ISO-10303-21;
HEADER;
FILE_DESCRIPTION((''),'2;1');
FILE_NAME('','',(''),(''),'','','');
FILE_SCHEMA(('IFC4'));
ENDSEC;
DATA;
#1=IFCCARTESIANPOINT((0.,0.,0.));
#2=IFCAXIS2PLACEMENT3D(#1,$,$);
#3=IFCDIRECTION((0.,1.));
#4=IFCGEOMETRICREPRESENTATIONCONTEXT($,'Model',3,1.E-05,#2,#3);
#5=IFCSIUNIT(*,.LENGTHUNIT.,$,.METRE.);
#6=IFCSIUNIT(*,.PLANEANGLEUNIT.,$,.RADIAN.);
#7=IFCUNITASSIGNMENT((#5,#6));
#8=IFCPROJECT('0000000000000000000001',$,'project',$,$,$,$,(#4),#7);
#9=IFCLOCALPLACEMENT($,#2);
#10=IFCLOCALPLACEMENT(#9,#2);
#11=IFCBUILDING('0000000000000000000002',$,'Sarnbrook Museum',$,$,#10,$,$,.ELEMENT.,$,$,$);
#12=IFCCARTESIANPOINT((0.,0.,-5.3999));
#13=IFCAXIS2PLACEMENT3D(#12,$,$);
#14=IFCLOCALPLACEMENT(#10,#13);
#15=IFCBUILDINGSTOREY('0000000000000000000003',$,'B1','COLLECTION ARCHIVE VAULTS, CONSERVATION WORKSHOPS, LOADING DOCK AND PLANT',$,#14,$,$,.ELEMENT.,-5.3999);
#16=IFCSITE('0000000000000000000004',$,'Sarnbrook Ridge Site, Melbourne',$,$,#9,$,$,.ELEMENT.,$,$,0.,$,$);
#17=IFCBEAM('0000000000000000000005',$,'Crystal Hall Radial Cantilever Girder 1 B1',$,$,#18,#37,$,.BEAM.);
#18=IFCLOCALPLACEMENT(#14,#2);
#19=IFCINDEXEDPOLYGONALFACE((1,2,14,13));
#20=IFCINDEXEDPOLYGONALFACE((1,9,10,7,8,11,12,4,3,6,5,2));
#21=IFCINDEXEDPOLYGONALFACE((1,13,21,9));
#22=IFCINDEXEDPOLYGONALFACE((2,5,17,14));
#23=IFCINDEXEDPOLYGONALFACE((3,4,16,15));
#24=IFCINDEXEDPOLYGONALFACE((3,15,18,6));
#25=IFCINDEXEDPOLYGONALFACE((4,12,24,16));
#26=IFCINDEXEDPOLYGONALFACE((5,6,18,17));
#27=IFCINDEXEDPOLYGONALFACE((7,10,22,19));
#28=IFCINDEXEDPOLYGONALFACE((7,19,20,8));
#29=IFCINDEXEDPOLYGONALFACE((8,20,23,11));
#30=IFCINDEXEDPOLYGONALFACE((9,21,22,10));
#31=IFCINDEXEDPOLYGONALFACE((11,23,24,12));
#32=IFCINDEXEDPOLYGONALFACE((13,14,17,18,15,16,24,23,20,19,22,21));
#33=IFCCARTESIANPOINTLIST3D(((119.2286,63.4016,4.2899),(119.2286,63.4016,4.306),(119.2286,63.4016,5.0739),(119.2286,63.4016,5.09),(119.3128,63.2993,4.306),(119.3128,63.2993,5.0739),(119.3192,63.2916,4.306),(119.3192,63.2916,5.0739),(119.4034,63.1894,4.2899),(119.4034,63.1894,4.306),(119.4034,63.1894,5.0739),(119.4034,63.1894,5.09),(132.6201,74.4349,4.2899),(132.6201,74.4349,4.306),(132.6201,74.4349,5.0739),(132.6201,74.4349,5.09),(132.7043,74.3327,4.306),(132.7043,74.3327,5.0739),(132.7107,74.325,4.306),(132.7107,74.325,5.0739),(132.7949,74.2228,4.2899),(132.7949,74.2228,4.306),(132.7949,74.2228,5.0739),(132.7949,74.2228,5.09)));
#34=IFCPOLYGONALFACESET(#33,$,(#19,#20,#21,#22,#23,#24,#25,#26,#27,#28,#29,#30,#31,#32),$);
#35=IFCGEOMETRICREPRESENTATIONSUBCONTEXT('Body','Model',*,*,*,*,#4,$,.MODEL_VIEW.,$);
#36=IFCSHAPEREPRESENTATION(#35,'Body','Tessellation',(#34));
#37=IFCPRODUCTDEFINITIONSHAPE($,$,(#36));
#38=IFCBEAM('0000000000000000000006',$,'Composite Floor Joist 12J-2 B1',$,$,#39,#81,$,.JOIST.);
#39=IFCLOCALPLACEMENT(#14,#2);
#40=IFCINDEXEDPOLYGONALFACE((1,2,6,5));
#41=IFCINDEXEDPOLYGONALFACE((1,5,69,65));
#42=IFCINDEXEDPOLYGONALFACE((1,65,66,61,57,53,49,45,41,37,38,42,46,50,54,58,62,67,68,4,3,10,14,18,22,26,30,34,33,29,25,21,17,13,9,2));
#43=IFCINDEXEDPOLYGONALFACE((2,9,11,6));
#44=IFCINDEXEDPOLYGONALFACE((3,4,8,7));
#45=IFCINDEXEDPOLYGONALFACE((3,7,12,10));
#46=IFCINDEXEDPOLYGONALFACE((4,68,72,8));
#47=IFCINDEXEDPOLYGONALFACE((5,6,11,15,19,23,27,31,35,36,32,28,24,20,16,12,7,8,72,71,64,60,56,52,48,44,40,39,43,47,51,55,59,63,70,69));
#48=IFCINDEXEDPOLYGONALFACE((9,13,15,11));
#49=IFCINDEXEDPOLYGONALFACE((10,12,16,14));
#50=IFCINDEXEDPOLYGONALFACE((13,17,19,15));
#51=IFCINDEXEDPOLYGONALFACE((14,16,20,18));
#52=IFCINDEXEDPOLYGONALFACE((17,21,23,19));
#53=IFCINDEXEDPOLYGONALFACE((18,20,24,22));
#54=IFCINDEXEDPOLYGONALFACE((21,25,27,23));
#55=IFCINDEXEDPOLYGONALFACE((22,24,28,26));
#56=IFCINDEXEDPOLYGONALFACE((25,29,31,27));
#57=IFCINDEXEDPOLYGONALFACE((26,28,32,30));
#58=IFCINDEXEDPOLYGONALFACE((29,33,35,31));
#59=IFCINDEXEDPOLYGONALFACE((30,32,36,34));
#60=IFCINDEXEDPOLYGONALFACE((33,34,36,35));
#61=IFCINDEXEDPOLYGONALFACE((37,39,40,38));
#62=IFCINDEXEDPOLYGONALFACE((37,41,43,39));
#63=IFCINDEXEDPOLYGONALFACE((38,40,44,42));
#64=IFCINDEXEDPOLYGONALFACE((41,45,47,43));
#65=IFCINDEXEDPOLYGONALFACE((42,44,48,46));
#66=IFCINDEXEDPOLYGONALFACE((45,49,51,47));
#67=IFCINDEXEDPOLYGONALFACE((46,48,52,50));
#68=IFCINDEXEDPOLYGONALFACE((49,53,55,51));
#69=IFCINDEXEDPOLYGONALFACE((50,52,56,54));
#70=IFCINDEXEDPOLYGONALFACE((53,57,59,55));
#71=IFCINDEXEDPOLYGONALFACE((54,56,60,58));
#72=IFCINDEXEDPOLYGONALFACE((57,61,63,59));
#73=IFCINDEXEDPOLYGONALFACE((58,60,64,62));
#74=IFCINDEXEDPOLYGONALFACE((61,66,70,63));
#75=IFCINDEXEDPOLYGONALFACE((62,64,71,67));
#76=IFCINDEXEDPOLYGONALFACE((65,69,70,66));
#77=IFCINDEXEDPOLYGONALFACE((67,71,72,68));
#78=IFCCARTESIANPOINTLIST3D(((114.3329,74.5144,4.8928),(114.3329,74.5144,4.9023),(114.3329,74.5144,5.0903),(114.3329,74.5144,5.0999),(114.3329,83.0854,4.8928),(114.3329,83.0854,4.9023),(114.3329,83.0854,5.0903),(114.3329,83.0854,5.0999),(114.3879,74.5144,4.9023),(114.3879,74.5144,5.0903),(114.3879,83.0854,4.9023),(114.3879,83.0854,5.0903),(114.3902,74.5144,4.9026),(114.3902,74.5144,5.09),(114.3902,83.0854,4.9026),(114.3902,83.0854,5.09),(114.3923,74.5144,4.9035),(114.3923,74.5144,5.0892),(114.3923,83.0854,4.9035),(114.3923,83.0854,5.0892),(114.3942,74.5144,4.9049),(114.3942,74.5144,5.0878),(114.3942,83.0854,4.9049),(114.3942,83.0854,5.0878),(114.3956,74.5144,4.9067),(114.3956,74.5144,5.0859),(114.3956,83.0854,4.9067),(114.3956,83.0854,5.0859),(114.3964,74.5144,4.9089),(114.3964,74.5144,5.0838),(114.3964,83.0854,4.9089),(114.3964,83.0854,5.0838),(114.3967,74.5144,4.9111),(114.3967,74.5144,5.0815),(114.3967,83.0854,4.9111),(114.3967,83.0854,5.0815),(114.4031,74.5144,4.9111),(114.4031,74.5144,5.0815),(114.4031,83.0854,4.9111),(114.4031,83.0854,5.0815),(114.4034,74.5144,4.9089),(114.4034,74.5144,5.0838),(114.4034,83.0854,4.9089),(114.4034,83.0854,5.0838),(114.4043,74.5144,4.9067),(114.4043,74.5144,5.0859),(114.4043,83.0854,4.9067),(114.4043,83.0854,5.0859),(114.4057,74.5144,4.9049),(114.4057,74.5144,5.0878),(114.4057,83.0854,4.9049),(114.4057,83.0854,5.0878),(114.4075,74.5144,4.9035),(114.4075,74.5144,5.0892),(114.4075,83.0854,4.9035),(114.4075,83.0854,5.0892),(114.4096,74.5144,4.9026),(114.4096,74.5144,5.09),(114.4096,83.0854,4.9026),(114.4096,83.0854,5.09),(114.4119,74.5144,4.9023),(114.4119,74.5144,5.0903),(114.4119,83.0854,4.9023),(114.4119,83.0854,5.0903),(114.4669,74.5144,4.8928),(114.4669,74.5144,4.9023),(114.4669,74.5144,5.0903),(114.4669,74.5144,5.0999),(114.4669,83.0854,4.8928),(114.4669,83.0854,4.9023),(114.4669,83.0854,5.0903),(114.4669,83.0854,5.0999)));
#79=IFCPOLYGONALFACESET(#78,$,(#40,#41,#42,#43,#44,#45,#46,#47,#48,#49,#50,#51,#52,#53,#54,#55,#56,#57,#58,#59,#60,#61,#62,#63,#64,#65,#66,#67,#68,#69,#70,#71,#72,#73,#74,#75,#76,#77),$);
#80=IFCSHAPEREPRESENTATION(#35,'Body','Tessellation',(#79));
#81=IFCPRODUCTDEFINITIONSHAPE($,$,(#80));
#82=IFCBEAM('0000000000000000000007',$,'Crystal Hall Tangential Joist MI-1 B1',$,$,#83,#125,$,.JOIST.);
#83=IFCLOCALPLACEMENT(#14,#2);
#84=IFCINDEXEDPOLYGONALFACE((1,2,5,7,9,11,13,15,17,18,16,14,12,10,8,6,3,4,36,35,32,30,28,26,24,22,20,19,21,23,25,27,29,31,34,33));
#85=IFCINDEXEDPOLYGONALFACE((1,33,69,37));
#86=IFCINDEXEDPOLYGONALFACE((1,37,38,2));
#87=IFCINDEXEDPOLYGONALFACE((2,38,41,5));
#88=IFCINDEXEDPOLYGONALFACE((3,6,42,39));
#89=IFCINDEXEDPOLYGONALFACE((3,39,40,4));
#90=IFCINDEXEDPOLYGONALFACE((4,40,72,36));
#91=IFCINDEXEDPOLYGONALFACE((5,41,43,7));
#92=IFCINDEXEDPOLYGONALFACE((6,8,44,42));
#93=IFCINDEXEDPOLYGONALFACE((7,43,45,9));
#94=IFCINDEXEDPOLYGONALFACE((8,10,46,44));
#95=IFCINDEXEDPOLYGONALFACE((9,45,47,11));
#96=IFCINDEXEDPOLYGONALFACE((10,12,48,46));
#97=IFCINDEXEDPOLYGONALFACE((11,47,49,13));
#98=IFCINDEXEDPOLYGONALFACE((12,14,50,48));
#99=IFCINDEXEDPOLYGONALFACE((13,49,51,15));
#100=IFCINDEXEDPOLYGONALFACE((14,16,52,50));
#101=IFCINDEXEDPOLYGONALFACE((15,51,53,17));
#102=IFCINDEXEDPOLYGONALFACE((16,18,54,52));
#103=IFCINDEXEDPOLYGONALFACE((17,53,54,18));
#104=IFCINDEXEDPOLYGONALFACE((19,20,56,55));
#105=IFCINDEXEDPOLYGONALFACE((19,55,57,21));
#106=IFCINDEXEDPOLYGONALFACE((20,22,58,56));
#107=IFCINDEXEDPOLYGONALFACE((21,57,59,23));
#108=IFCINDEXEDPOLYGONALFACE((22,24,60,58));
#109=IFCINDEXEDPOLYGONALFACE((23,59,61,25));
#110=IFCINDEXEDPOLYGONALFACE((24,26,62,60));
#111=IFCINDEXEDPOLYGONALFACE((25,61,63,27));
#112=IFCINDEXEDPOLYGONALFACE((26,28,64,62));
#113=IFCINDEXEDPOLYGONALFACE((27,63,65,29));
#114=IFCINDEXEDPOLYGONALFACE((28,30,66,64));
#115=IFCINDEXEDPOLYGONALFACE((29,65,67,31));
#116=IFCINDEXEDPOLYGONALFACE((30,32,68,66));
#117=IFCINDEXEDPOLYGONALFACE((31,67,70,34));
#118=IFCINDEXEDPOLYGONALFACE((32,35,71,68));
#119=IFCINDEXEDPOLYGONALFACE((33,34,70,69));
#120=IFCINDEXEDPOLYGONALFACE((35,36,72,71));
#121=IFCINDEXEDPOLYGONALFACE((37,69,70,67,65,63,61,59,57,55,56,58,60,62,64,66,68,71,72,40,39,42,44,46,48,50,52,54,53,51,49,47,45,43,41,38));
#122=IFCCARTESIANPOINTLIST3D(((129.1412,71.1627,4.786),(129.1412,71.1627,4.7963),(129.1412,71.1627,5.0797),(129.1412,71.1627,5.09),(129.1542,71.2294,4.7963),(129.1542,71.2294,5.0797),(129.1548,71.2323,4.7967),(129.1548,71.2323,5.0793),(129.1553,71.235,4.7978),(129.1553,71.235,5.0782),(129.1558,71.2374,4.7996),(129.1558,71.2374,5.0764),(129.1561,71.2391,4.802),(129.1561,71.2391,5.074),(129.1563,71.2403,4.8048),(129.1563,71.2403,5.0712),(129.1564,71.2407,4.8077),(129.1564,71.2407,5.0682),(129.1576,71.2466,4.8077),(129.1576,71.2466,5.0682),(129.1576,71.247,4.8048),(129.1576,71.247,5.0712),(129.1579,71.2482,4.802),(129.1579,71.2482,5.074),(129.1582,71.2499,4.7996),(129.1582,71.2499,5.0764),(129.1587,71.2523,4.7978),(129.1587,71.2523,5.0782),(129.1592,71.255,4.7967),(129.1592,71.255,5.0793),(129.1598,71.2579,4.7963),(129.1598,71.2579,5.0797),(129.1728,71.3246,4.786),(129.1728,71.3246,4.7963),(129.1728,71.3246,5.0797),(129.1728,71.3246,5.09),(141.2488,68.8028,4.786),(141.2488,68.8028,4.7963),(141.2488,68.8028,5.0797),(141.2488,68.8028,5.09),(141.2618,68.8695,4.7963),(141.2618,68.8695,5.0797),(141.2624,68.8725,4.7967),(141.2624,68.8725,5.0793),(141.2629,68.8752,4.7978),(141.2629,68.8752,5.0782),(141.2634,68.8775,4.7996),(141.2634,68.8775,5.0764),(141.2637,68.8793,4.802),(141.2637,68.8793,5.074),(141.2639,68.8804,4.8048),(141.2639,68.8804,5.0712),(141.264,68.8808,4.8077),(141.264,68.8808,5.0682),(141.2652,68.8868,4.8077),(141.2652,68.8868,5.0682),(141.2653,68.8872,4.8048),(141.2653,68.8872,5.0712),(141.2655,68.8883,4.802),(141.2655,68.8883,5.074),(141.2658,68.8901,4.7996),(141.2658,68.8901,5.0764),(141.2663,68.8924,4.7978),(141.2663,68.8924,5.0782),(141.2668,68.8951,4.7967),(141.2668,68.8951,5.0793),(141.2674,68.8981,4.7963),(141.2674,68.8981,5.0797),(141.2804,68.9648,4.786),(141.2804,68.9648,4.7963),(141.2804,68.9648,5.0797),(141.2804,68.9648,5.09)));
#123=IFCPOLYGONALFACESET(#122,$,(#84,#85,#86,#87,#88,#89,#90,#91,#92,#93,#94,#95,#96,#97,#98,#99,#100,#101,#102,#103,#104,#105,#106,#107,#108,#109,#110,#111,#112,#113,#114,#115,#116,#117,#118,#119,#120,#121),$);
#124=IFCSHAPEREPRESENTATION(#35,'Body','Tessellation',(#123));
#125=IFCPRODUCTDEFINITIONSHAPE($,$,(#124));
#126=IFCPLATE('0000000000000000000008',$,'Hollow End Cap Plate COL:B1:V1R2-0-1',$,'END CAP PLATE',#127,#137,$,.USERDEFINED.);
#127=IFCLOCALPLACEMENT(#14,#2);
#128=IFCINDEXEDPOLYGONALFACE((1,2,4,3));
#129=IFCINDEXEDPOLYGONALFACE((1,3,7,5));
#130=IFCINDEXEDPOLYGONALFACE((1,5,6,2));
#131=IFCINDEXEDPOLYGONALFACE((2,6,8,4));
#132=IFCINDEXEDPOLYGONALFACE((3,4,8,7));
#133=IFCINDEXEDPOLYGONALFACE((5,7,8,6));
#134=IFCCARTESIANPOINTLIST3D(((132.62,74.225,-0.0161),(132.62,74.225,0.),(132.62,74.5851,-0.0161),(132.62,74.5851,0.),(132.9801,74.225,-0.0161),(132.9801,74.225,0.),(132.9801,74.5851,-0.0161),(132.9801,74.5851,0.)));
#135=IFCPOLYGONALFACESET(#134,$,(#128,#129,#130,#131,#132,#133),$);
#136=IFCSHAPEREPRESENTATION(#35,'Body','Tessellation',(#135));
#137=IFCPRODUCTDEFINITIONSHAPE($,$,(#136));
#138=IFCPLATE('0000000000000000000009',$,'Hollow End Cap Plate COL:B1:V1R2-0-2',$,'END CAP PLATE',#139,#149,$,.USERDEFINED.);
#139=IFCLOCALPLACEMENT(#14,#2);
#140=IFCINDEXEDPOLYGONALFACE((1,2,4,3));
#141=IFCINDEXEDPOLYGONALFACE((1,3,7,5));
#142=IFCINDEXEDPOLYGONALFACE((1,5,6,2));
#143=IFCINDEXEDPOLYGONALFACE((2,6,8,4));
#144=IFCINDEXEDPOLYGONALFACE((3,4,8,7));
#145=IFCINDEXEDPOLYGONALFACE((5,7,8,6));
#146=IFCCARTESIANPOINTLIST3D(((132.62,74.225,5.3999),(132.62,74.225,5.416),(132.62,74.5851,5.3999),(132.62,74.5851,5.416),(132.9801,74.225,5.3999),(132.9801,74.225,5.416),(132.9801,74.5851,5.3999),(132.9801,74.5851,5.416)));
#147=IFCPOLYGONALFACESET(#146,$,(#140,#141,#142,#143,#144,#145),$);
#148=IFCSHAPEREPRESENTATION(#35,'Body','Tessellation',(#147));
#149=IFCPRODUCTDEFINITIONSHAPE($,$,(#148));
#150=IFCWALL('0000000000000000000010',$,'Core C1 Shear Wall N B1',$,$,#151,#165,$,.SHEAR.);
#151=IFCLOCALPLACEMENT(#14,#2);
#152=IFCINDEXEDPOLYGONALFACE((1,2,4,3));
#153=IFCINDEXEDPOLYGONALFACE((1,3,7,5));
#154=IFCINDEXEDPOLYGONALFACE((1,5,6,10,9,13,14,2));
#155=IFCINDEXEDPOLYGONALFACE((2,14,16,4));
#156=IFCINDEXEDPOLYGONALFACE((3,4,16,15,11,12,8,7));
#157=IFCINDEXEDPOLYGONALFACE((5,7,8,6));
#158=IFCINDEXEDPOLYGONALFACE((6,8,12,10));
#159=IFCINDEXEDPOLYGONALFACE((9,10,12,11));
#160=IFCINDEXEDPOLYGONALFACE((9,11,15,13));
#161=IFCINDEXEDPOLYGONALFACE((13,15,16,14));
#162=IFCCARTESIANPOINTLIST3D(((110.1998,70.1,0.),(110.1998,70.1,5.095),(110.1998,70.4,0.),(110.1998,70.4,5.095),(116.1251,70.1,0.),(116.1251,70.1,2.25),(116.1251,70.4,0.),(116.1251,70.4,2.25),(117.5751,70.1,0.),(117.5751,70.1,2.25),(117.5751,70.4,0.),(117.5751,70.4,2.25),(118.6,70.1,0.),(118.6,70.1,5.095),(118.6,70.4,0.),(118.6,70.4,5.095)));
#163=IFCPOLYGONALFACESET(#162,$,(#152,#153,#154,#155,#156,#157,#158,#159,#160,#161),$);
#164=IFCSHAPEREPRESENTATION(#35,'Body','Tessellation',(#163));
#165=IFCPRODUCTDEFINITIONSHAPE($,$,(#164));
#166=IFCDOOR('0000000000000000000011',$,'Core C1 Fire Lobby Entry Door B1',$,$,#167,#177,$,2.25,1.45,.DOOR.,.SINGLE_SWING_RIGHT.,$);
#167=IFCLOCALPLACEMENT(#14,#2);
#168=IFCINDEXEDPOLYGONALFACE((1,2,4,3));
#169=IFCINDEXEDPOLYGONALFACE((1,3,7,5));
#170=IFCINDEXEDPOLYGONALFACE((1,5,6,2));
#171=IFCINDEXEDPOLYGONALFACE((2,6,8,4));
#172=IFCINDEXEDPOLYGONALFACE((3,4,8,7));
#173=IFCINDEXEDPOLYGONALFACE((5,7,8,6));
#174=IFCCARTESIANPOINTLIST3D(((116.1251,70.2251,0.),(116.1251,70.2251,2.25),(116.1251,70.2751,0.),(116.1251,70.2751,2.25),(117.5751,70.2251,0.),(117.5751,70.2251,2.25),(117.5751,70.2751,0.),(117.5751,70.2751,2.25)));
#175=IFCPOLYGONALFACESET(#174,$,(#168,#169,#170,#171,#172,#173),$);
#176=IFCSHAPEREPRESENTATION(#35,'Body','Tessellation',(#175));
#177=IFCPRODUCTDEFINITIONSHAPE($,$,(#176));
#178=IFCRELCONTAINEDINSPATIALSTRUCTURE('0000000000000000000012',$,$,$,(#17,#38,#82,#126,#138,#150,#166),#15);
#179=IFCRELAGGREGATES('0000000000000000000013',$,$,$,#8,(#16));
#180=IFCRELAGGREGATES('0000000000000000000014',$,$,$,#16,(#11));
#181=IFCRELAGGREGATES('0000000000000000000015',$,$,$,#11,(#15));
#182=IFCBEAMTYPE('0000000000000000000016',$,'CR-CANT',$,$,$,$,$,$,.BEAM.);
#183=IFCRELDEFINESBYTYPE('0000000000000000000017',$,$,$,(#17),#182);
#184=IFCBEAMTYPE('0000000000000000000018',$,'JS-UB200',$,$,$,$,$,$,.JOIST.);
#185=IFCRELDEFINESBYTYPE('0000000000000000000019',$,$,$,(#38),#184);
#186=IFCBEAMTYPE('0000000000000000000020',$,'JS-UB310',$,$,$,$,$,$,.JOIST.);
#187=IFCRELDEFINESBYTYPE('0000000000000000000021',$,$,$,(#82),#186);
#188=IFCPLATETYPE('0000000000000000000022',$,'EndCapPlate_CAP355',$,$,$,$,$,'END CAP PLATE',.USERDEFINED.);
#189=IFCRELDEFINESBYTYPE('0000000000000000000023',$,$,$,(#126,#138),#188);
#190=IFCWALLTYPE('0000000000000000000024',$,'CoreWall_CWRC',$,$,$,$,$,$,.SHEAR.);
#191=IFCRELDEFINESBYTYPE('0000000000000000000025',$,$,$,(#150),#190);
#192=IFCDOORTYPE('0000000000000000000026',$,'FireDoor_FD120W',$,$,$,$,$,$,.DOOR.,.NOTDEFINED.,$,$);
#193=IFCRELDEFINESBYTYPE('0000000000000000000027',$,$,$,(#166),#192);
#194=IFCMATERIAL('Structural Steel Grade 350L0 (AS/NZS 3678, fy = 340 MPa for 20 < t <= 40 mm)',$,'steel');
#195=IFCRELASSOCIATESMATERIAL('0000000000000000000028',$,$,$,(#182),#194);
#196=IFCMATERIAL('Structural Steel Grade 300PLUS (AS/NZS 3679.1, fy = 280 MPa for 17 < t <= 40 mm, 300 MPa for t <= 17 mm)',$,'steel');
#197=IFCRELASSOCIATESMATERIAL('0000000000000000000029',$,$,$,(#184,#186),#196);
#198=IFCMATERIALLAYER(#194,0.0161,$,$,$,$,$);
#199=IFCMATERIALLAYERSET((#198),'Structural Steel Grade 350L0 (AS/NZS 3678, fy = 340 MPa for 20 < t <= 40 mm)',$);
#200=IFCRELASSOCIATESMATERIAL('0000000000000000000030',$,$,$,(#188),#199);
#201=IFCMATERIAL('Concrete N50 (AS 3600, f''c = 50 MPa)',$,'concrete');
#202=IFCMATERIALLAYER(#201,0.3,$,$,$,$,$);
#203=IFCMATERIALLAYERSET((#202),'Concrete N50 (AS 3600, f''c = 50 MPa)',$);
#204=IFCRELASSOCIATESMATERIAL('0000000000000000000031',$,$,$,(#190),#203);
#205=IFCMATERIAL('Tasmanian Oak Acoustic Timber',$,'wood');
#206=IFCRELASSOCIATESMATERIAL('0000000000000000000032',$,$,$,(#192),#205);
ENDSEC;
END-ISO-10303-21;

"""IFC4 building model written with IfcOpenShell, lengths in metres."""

from ifc_helpers import new_model, si_unit, direction, frame, frame_2d, origin, origin_2d, place, context, subcontext, project, spatial, rectangle, i_section, extrude, material, layer, layer_set, material_profile, profile_set, type_object, element, fill, save


model = new_model("IFC4")

# Units and contexts
model_context = context("Model", 3, precision=1e-05, world=origin(), true_north=direction((0.0, 1.0)))
body_context = subcontext(model_context, "Body", "Model", "MODEL_VIEW")
ifc_project = project(units=[si_unit("LENGTHUNIT", "METRE"), si_unit("PLANEANGLEUNIT", "RADIAN")], contexts=[model_context])

# Site, building, storey
site_placement = place(None, origin())
site = spatial("IfcSite", under=ifc_project, at=site_placement, Name="Sarnbrook Ridge Site, Melbourne", CompositionType="ELEMENT", RefElevation=0.0)
building_placement = place(site_placement, origin())
building = spatial("IfcBuilding", under=site, at=building_placement, Name="Sarnbrook Museum", CompositionType="ELEMENT")
storey_placement = place(building_placement, frame((0.0, 0.0, -5.3999)))
storey = spatial("IfcBuildingStorey", under=building, at=storey_placement, Name="B1", Description="COLLECTION ARCHIVE VAULTS, CONSERVATION WORKSHOPS, LOADING DOCK AND PLANT", CompositionType="ELEMENT", Elevation=-5.3999)

# Shared definitions
ifc_material_1 = material(Name="Concrete N50 (AS 3600, f'c = 50 MPa)", Category="concrete")

# Shared definitions
ifc_material_2 = material(Name="Structural Steel Grade 350L0 (AS/NZS 3678, fy = 340 MPa for 20 < t <= 40 mm)", Category="steel")

# Beams
ifc_material_3 = material(Name="Structural Steel Grade 300PLUS (AS/NZS 3679.1, fy = 280 MPa for 17 < t <= 40 mm, 300 MPa for t <= 17 mm)", Category="steel")
ifc_material_profile_1 = material_profile(ifc_material_2, i_section(OverallWidth=0.2749, OverallDepth=0.8, WebThickness=0.01, FlangeThickness=0.0161, at=origin_2d()), Name="800WB146")
ifc_profile_set_1 = profile_set([ifc_material_profile_1], Name="Structural Steel Grade 350L0 (AS/NZS 3678, fy = 340 MPa for 20 < t <= 40 mm)")
beam_type_1 = type_object("IfcBeamType", Name="CR-CANT", PredefinedType="BEAM", material=ifc_profile_set_1)
beam_1_placement = place(storey_placement, frame((132.7075, 74.3289, 4.6899), z_axis=(-0.771787, -0.635881, 0.0), x_axis=(0.635881, -0.771787, 0.0)))
element("IfcBeam", 1, at=beam_1_placement, inside=storey, type_object=beam_type_1, Name="Crystal Hall Radial Cantilever Girder 1 B1", PredefinedType="BEAM", context=body_context, shape_type="SweptSolid", body=[
    extrude(i_section(OverallWidth=0.2749, OverallDepth=0.8, WebThickness=0.01, FlangeThickness=0.0161, at=origin_2d()), origin(), (0.0, 0.0, 1.0), 17.3513),
])
ifc_material_profile_2 = material_profile(ifc_material_3, i_section(OverallWidth=0.134, OverallDepth=0.207, WebThickness=0.0063, FlangeThickness=0.0095, FilletRadius=0.0088, at=origin_2d()), Name="200UB29.8")
ifc_profile_set_2 = profile_set([ifc_material_profile_2], Name="Structural Steel Grade 300PLUS (AS/NZS 3679.1, fy = 280 MPa for 17 < t <= 40 mm, 300 MPa for t <= 17 mm)")
beam_type_2 = type_object("IfcBeamType", Name="JS-UB200", PredefinedType="JOIST", material=ifc_profile_set_2)
beam_2_placement = place(storey_placement, frame((114.3999, 74.5144, 4.9963), z_axis=(0.0, 1.0, 0.0), x_axis=(-1.0, 0.0, 0.0)))
element("IfcBeam", 2, at=beam_2_placement, inside=storey, type_object=beam_type_2, Name="Composite Floor Joist 12J-2 B1", PredefinedType="JOIST", context=body_context, shape_type="SweptSolid", body=[
    extrude(i_section(OverallWidth=0.134, OverallDepth=0.207, WebThickness=0.0063, FlangeThickness=0.0095, FilletRadius=0.0088, at=origin_2d()), origin(), (0.0, 0.0, 1.0), 8.571),
])
ifc_material_profile_3 = material_profile(ifc_material_3, i_section(OverallWidth=0.165, OverallDepth=0.304, WebThickness=0.0061, FlangeThickness=0.0103, FilletRadius=0.0115, at=origin_2d()), Name="310UB40.4")
ifc_profile_set_3 = profile_set([ifc_material_profile_3], Name="Structural Steel Grade 300PLUS (AS/NZS 3679.1, fy = 280 MPa for 17 < t <= 40 mm, 300 MPa for t <= 17 mm)")
beam_type_3 = type_object("IfcBeamType", Name="JS-UB310", PredefinedType="JOIST", material=ifc_profile_set_3)
beam_3_placement = place(storey_placement, frame((129.157, 71.2437, 4.938), z_axis=(0.98153, -0.191307, 0.0), x_axis=(0.191307, 0.98153, 0.0)))
element("IfcBeam", 3, at=beam_3_placement, inside=storey, type_object=beam_type_3, Name="Crystal Hall Tangential Joist MI-1 B1", PredefinedType="JOIST", context=body_context, shape_type="SweptSolid", body=[
    extrude(i_section(OverallWidth=0.165, OverallDepth=0.304, WebThickness=0.0061, FlangeThickness=0.0103, FilletRadius=0.0115, at=origin_2d()), origin(), (0.0, 0.0, 1.0), 12.3354),
])

# Plates
ifc_layer_1 = layer(ifc_material_2, 0.0161)
ifc_layer_set_1 = layer_set([ifc_layer_1], Name="Structural Steel Grade 350L0 (AS/NZS 3678, fy = 340 MPa for 20 < t <= 40 mm)")
plate_type = type_object("IfcPlateType", Name="EndCapPlate_CAP355", ElementType="END CAP PLATE", PredefinedType="USERDEFINED", material=ifc_layer_set_1)
for number, where, z_axis, x_axis, name in (
    (4, (132.8, 74.405, -0.0161), (0.0, 0.0, 1.0), (1.0, 0.0, 0.0), "Hollow End Cap Plate COL:B1:V1R2-0-1"),
    (5, (132.8, 74.405, 5.3999), (0.0, 0.0, 1.0), (1.0, 0.0, 0.0), "Hollow End Cap Plate COL:B1:V1R2-0-2"),
):
    element("IfcPlate", number, at=place(storey_placement, frame(where, z_axis=z_axis, x_axis=x_axis)), inside=storey, type_object=plate_type, Name=name, ObjectType="END CAP PLATE", PredefinedType="USERDEFINED", context=body_context, shape_type="SweptSolid", body=[
        extrude(rectangle(XDim=0.3601, YDim=0.3601, at=origin_2d()), origin(), (0.0, 0.0, 1.0), 0.0161),
    ])

# Wall, opening, door
ifc_layer_2 = layer(ifc_material_1, 0.3)
ifc_layer_set_2 = layer_set([ifc_layer_2], Name="Concrete N50 (AS 3600, f'c = 50 MPa)")
wall_type_1 = type_object("IfcWallType", Name="CoreWall_CWRC", PredefinedType="SHEAR", material=ifc_layer_set_2)
wall_1_placement = place(storey_placement, frame((118.6001, 70.25, 0.0), z_axis=(0.0, 0.0, 1.0), x_axis=(-1.0, 0.0, 0.0)))
wall_1 = element("IfcWall", 6, at=wall_1_placement, inside=storey, type_object=wall_type_1, Name="Core C1 Shear Wall N B1", PredefinedType="SHEAR", context=body_context, shape_type="SweptSolid", body=[
    extrude(rectangle(XDim=8.4001, YDim=0.3, at=frame_2d((4.2002, 0.0))), origin(), (0.0, 0.0, 1.0), 5.095),
])
opening_1_placement = place(wall_1_placement, frame((1.0249, 0.0, 0.0)))
opening_1 = element("IfcOpeningElement", 7, at=opening_1_placement, cuts=wall_1, PredefinedType="OPENING", context=body_context, shape_type="SweptSolid", body=[
    extrude(rectangle(XDim=1.45, YDim=2.25, at=frame_2d((0.7251, 1.125))), frame((0.0, 0.1602, 0.0), z_axis=(0.0, -1.0, 0.0), x_axis=(1.0, 0.0, 0.0)), (0.0, 0.0, 1.0), 0.3201),
])
ifc_material_4 = material(Name="Tasmanian Oak Acoustic Timber", Category="wood")
door_type_1 = type_object("IfcDoorType", Name="FireDoor_FD120W", OperationType="NOTDEFINED", PredefinedType="DOOR", material=ifc_material_4)
door_1_placement = place(opening_1_placement, origin())
door_1 = element("IfcDoor", 8, at=door_1_placement, inside=storey, type_object=door_type_1, Name="Core C1 Fire Lobby Entry Door B1", OperationType="SINGLE_SWING_RIGHT", OverallHeight=2.25, OverallWidth=1.45, PredefinedType="DOOR", context=body_context, shape_type="SweptSolid", body=[
    extrude(rectangle(XDim=1.45, YDim=2.25, at=frame_2d((0.7251, 1.125))), frame((0.0, 0.0249, 0.0), z_axis=(0.0, -1.0, 0.0), x_axis=(1.0, 0.0, 0.0)), (0.0, 0.0, 1.0), 0.05),
])
fill(opening_1, door_1)

save(model, "model.ifc")
